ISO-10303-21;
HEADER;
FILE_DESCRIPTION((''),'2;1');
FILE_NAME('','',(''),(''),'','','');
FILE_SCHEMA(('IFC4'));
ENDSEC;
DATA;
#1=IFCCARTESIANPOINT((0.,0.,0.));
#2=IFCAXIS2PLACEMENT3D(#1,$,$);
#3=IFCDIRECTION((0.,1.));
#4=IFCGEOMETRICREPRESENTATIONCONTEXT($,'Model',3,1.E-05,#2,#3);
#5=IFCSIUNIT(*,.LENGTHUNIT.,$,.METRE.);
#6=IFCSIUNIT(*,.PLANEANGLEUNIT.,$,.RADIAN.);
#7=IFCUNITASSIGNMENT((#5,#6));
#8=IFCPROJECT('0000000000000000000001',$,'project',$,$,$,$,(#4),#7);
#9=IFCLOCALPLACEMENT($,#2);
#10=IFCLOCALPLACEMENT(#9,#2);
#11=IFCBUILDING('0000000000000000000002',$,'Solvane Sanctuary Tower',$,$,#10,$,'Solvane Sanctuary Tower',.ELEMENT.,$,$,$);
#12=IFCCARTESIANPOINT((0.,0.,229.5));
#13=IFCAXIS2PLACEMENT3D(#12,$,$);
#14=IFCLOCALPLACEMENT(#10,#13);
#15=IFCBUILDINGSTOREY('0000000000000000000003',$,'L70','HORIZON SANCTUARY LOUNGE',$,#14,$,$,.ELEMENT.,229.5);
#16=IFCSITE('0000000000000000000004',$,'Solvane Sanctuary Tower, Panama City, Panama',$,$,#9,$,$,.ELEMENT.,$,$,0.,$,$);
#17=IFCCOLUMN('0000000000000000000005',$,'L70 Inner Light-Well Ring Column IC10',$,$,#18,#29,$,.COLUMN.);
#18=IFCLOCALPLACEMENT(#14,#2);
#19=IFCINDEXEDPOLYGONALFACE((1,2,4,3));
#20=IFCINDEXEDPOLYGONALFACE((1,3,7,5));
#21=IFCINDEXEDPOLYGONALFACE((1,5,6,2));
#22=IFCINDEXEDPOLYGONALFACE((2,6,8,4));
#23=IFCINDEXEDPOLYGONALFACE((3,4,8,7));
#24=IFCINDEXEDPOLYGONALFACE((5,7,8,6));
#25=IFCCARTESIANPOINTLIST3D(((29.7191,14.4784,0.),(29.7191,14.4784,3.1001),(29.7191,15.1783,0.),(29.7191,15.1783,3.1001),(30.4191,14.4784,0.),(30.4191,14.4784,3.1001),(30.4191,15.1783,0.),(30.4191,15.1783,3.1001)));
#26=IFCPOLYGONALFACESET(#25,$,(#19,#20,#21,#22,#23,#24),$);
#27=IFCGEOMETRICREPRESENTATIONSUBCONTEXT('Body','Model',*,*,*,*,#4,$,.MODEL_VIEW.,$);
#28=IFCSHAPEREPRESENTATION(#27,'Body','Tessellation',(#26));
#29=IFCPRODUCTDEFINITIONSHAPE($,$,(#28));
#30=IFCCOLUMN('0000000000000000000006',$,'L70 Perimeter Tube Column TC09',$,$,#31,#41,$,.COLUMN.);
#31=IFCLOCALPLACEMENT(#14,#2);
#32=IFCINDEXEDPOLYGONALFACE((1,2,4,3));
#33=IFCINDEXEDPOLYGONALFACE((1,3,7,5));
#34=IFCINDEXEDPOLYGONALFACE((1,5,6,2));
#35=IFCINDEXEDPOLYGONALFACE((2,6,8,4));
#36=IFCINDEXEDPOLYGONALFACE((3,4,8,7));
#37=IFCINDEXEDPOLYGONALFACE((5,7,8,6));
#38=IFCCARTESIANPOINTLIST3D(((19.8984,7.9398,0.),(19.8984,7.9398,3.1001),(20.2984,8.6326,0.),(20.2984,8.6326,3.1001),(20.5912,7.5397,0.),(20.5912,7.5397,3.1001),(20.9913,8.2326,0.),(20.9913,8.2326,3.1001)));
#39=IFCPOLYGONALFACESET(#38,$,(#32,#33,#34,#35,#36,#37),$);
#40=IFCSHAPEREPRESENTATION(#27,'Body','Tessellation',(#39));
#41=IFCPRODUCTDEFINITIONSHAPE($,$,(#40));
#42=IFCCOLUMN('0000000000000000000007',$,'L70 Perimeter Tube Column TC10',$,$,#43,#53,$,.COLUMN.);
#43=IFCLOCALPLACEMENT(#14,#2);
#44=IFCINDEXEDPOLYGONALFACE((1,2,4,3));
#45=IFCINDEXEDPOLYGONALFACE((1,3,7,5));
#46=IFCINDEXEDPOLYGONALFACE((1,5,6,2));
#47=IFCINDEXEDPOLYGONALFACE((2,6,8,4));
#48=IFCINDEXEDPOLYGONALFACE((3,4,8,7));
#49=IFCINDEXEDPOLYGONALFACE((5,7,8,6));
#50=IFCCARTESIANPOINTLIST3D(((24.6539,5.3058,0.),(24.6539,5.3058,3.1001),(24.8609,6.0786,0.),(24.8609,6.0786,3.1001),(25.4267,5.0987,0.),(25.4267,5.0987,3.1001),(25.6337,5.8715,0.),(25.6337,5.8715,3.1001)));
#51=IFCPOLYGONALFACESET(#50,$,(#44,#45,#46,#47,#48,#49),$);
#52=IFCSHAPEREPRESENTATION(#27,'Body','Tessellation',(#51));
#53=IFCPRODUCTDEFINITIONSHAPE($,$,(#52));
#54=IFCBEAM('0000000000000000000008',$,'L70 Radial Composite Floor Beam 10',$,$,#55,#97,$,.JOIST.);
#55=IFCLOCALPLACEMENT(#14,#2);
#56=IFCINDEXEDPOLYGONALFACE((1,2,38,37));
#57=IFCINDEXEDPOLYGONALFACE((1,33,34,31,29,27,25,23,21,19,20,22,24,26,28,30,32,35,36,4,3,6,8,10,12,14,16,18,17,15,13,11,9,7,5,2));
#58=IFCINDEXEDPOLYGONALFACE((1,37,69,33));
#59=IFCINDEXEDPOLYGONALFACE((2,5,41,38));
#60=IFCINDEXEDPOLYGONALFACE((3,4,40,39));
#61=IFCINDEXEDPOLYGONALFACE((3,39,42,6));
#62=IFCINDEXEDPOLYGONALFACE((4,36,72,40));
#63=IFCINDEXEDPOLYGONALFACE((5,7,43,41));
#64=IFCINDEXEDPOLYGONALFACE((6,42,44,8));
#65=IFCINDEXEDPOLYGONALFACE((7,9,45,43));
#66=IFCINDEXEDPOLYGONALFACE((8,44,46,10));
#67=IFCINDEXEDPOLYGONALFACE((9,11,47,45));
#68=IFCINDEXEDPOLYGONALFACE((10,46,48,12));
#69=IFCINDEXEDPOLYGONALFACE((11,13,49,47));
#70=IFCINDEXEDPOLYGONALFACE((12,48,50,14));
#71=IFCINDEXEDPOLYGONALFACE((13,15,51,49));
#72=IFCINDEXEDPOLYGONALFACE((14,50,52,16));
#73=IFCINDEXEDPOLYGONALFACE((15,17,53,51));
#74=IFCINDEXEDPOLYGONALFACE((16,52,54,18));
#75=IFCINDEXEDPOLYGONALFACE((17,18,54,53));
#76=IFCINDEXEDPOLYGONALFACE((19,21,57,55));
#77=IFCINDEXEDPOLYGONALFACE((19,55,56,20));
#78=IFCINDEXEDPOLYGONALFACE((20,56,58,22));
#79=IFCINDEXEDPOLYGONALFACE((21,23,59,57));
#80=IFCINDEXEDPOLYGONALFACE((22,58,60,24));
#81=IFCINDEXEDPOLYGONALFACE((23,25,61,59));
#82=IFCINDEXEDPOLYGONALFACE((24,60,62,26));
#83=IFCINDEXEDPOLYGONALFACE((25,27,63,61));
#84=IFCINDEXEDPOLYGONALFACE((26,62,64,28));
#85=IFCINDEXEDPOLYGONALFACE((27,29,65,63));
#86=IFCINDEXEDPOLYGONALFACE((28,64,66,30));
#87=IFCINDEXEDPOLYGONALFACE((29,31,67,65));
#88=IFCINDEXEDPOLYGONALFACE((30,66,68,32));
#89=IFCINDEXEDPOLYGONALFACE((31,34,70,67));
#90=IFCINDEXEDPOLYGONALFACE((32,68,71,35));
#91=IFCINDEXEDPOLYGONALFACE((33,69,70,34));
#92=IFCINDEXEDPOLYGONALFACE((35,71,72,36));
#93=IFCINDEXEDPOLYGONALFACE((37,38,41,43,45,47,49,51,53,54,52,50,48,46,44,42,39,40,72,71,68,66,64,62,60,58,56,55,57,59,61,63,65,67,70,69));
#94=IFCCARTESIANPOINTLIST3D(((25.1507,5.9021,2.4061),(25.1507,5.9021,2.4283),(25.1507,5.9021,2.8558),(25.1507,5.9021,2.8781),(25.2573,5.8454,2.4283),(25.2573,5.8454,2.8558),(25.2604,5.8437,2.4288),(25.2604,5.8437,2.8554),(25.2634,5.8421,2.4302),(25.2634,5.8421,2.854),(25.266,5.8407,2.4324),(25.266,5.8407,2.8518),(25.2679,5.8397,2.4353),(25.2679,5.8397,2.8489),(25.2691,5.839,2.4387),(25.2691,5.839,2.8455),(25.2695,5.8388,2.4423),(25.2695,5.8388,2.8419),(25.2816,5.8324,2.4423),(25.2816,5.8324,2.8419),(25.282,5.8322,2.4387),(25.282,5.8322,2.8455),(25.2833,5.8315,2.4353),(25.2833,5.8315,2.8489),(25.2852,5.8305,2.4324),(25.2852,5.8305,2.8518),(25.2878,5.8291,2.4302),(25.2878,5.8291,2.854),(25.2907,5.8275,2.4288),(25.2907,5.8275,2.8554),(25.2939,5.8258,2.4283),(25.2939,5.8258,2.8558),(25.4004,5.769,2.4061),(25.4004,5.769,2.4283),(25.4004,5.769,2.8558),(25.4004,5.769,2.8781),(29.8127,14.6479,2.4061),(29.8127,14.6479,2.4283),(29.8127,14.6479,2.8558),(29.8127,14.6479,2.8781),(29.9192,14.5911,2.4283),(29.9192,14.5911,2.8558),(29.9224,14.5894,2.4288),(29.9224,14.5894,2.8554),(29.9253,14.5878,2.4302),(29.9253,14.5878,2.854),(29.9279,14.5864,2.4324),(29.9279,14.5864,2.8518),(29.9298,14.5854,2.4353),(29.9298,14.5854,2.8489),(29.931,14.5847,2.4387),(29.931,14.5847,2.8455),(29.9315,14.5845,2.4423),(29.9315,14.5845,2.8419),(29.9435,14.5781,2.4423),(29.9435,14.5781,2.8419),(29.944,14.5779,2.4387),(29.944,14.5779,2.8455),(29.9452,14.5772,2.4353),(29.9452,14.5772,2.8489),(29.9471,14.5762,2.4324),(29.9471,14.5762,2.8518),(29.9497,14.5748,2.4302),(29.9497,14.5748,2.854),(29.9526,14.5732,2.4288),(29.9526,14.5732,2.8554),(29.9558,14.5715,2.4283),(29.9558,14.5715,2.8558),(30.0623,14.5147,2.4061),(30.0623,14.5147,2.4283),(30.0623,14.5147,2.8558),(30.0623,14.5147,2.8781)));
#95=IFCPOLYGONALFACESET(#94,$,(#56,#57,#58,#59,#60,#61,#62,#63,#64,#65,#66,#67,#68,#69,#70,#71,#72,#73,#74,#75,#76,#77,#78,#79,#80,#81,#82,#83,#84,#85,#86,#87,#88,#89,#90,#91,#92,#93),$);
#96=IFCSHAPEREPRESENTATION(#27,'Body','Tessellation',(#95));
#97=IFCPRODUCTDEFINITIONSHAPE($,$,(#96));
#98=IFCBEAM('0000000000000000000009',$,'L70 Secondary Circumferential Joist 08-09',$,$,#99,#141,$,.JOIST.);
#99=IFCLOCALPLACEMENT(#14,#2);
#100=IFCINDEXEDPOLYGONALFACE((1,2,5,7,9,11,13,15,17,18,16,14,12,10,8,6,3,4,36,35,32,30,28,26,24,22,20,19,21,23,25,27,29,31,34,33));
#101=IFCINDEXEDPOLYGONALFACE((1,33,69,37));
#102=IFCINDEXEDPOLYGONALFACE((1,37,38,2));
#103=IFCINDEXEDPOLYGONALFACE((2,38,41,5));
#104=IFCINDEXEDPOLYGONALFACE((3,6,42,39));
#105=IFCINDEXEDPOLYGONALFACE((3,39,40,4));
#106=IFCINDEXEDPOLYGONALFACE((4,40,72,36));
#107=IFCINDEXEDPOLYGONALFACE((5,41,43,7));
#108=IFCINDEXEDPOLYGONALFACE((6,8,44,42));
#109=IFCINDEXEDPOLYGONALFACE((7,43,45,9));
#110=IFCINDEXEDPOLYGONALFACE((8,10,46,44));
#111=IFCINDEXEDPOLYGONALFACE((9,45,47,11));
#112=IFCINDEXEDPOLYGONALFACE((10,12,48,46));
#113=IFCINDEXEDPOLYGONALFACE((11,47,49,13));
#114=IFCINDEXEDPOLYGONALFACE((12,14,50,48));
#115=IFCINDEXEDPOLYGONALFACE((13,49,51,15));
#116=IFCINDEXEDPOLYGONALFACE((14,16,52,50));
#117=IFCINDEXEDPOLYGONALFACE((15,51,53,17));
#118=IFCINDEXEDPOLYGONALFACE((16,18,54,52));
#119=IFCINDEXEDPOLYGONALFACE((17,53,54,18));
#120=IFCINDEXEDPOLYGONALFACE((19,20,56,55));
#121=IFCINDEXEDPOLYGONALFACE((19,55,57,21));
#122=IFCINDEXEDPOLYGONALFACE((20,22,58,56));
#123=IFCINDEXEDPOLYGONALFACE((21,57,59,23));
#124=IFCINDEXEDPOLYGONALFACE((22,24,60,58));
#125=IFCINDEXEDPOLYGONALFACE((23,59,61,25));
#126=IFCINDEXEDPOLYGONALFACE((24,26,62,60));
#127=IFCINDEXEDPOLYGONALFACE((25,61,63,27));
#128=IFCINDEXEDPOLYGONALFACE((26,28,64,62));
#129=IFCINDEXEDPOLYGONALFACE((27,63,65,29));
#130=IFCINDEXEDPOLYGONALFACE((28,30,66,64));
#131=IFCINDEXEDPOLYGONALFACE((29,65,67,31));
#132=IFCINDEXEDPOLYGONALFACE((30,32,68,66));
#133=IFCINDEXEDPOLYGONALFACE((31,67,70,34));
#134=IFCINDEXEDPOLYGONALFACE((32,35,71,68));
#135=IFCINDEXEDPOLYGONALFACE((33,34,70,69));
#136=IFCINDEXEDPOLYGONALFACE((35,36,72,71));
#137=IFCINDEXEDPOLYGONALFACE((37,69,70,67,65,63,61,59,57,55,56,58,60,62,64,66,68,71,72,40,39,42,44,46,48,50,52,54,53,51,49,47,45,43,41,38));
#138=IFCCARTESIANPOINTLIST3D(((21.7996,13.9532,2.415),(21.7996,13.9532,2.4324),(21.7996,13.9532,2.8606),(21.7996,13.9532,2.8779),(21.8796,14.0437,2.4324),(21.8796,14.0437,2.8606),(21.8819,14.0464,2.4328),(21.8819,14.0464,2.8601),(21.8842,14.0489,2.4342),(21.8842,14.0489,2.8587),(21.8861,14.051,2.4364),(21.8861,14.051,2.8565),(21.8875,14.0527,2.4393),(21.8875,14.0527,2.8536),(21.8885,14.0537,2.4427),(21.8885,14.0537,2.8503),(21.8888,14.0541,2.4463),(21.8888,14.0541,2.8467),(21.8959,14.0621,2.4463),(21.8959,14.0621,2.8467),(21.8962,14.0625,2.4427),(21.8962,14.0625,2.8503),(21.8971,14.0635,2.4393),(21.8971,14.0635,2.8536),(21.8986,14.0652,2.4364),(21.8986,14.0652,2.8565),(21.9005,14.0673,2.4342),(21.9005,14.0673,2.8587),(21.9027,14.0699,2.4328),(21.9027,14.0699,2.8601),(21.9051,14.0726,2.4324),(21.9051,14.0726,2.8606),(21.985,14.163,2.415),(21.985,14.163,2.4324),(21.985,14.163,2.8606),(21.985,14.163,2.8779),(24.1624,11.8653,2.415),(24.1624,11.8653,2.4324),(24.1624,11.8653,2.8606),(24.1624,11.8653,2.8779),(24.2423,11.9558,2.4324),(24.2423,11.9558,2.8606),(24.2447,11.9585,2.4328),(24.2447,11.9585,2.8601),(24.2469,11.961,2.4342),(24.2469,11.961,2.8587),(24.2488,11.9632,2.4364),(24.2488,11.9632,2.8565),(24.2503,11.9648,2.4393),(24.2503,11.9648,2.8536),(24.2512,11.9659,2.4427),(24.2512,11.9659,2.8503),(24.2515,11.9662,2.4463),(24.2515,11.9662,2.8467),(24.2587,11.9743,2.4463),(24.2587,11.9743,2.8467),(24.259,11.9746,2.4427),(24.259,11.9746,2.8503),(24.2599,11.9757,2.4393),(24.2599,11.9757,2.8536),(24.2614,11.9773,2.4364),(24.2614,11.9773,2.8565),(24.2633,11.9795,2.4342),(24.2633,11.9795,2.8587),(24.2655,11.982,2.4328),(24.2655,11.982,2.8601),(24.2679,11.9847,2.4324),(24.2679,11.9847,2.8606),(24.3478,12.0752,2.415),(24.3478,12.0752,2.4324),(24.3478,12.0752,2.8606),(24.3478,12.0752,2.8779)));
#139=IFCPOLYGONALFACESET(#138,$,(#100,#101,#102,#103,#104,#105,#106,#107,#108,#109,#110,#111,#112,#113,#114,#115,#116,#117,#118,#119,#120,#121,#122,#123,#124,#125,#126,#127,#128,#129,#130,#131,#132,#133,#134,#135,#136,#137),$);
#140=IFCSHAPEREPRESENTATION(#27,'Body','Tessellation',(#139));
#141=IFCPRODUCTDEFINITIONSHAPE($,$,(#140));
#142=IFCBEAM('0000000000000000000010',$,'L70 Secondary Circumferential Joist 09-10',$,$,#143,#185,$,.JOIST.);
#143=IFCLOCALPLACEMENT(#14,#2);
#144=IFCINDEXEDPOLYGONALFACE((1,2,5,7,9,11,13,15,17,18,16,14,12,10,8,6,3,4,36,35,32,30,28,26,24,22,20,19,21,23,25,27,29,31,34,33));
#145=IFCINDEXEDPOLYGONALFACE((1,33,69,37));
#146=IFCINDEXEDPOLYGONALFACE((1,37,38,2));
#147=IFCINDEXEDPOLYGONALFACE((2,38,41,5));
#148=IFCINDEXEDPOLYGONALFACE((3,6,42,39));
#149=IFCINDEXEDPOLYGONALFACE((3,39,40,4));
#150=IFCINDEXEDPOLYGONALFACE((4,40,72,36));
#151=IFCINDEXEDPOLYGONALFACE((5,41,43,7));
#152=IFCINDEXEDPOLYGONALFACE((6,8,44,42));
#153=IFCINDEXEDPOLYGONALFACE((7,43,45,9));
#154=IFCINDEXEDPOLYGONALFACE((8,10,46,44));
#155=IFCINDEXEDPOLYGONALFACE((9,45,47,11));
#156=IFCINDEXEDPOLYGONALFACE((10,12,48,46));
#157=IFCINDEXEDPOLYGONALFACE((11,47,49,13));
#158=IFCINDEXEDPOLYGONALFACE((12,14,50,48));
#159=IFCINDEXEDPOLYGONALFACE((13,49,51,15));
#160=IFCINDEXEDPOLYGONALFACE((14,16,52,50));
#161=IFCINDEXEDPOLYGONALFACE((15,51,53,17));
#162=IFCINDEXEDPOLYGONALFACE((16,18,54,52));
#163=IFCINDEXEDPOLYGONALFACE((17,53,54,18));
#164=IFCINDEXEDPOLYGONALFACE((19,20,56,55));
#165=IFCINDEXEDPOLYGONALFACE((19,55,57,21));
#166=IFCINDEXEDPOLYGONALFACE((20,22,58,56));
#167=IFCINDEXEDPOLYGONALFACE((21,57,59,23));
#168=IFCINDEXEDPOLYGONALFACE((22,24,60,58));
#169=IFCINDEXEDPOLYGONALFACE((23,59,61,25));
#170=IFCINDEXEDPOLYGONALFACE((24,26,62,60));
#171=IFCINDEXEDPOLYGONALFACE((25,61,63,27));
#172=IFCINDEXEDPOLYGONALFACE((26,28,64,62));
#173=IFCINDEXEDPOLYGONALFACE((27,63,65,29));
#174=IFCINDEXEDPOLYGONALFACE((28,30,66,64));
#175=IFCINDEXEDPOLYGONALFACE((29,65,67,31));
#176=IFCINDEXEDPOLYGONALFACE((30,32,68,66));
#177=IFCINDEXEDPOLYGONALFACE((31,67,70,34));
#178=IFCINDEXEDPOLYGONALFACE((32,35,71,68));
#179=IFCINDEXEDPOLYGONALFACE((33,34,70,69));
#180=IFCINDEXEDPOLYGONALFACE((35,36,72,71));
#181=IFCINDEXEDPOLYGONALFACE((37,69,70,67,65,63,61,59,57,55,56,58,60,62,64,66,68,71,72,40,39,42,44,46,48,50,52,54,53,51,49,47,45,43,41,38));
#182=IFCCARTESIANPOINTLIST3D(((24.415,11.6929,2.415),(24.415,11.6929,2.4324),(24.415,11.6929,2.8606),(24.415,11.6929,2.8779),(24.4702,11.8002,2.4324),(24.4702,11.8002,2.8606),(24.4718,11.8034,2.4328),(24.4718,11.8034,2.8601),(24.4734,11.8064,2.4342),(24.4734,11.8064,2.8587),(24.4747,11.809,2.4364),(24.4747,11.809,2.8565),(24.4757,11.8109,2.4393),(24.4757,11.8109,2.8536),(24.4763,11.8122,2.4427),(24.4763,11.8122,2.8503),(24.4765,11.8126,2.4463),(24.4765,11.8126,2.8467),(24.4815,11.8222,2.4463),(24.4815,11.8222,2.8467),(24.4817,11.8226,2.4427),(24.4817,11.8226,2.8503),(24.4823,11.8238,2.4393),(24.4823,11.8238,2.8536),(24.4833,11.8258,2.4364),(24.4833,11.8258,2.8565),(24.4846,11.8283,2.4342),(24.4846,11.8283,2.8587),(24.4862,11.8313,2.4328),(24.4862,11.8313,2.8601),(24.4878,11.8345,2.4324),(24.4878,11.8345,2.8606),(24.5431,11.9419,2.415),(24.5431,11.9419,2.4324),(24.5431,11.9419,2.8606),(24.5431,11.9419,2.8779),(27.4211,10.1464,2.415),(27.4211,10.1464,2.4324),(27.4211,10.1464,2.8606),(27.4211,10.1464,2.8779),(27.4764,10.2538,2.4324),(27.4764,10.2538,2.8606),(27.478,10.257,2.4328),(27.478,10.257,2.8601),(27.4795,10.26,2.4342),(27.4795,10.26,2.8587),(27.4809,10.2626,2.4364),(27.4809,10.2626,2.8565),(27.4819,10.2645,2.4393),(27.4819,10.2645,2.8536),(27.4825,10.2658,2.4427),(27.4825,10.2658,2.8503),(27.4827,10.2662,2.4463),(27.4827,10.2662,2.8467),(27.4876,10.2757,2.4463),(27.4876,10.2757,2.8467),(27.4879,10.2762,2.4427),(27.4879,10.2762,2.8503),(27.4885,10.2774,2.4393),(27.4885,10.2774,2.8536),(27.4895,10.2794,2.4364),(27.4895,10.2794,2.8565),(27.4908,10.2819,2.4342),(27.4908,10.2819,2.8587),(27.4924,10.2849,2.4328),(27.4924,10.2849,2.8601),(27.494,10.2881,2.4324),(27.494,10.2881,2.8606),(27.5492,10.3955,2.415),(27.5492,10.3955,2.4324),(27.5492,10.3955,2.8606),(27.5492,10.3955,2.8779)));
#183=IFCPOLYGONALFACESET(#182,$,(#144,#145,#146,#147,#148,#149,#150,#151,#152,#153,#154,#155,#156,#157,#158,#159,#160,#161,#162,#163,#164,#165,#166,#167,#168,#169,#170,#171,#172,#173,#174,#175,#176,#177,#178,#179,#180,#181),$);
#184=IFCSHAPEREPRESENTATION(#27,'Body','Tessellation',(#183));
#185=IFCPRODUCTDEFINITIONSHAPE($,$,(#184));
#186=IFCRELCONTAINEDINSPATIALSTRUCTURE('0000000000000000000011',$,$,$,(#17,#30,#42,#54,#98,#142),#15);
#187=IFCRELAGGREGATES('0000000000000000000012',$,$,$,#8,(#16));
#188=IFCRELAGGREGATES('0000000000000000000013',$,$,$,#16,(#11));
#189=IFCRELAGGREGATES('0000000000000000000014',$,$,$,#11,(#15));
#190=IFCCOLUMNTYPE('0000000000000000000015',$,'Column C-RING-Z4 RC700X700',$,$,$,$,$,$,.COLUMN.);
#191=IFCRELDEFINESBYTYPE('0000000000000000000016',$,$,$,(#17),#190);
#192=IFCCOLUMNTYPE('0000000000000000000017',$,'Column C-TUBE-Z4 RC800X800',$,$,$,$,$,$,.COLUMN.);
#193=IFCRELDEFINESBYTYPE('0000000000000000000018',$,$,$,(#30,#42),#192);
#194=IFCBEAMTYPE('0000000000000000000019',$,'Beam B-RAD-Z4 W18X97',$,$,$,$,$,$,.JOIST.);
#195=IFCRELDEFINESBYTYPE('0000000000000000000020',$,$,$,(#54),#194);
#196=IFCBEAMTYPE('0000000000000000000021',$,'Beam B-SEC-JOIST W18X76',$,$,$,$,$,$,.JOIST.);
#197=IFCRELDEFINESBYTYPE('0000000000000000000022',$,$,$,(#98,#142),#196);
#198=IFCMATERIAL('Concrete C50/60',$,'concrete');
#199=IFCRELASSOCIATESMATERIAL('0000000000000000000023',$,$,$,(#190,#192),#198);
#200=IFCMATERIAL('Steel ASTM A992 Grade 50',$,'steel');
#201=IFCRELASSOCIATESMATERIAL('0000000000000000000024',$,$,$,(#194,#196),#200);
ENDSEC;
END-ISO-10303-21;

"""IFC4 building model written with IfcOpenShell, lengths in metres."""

from ifc_helpers import new_model, si_unit, direction, frame, origin, origin_2d, place, context, subcontext, project, spatial, rectangle, i_section, extrude, material, material_profile, profile_set, type_object, element, save


model = new_model("IFC4")

# Units and contexts
model_context = context("Model", 3, precision=1e-05, world=origin(), true_north=direction((0.0, 1.0)))
body_context = subcontext(model_context, "Body", "Model", "MODEL_VIEW")
ifc_project = project(units=[si_unit("LENGTHUNIT", "METRE"), si_unit("PLANEANGLEUNIT", "RADIAN")], contexts=[model_context])

# Site, building, storey
site_placement = place(None, origin())
site = spatial("IfcSite", under=ifc_project, at=site_placement, Name="Solvane Sanctuary Tower, Panama City, Panama", CompositionType="ELEMENT", RefElevation=0.0)
building_placement = place(site_placement, origin())
building = spatial("IfcBuilding", under=site, at=building_placement, Name="Solvane Sanctuary Tower", LongName="Solvane Sanctuary Tower", CompositionType="ELEMENT")
storey_placement = place(building_placement, frame((0.0, 0.0, 229.5)))
storey = spatial("IfcBuildingStorey", under=building, at=storey_placement, Name="L70", Description="HORIZON SANCTUARY LOUNGE", CompositionType="ELEMENT", Elevation=229.5)

# Columns
ifc_material_1 = material(Name="Concrete C50/60", Category="concrete")
ifc_material_profile_1 = material_profile(ifc_material_1, rectangle(XDim=0.7, YDim=0.7, at=origin_2d()), Name="RC700X700")
ifc_profile_set_1 = profile_set([ifc_material_profile_1], Name="Concrete C50/60")
column_type_1 = type_object("IfcColumnType", Name="Column C-RING-Z4 RC700X700", PredefinedType="COLUMN", material=ifc_profile_set_1)
column_placement = place(storey_placement, frame((30.0691, 14.8284, 0.0), z_axis=(0.0, 0.0, 1.0), x_axis=(1.0, 0.0, 0.0)))
element("IfcColumn", 1, at=column_placement, inside=storey, type_object=column_type_1, Name="L70 Inner Light-Well Ring Column IC10", PredefinedType="COLUMN", context=body_context, shape_type="SweptSolid", body=[
    extrude(rectangle(XDim=0.7, YDim=0.7, at=origin_2d()), origin(), (0.0, 0.0, 1.0), 3.1001),
])
ifc_material_profile_2 = material_profile(ifc_material_1, rectangle(XDim=0.8, YDim=0.8, at=origin_2d()), Name="RC800X800")
ifc_profile_set_2 = profile_set([ifc_material_profile_2], Name="Concrete C50/60")
column_type_2 = type_object("IfcColumnType", Name="Column C-TUBE-Z4 RC800X800", PredefinedType="COLUMN", material=ifc_profile_set_2)
for number, where, z_axis, x_axis, name in (
    (2, (20.4448, 8.0862, 0.0), (0.0, 0.0, 1.0), (-0.5, -0.866025, 0.0), "L70 Perimeter Tube Column TC09"),
    (3, (25.1438, 5.5886, 0.0), (0.0, 0.0, 1.0), (-0.258819, -0.965926, 0.0), "L70 Perimeter Tube Column TC10"),
):
    element("IfcColumn", number, at=place(storey_placement, frame(where, z_axis=z_axis, x_axis=x_axis)), inside=storey, type_object=column_type_2, Name=name, PredefinedType="COLUMN", context=body_context, shape_type="SweptSolid", body=[
        extrude(rectangle(XDim=0.8, YDim=0.8, at=origin_2d()), origin(), (0.0, 0.0, 1.0), 3.1001),
    ])

# Beams
ifc_material_2 = material(Name="Steel ASTM A992 Grade 50", Category="steel")
ifc_material_profile_3 = material_profile(ifc_material_2, i_section(OverallWidth=0.283, OverallDepth=0.4719, WebThickness=0.0137, FlangeThickness=0.0222, FilletRadius=0.0139, at=origin_2d()), Name="W18X97")
ifc_profile_set_3 = profile_set([ifc_material_profile_3], Name="Steel ASTM A992 Grade 50")
beam_type_1 = type_object("IfcBeamType", Name="Beam B-RAD-Z4 W18X97", PredefinedType="JOIST", material=ifc_profile_set_3)
beam_1_placement = place(storey_placement, frame((29.9375, 14.5813, 2.6421), z_axis=(-0.470395, -0.882456, 0.0), x_axis=(0.882456, -0.470395, 0.0)))
element("IfcBeam", 4, at=beam_1_placement, inside=storey, type_object=beam_type_1, Name="L70 Radial Composite Floor Beam 10", PredefinedType="JOIST", context=body_context, shape_type="SweptSolid", body=[
    extrude(i_section(OverallWidth=0.283, OverallDepth=0.4719, WebThickness=0.0137, FlangeThickness=0.0222, FilletRadius=0.0139, at=origin_2d()), origin(), (0.0, 0.0, 1.0), 9.9106),
])
ifc_material_profile_4 = material_profile(ifc_material_2, i_section(OverallWidth=0.28, OverallDepth=0.4629, WebThickness=0.0107, FlangeThickness=0.0173, FilletRadius=0.0139, at=origin_2d()), Name="W18X76")
ifc_profile_set_4 = profile_set([ifc_material_profile_4], Name="Steel ASTM A992 Grade 50")
beam_type_2 = type_object("IfcBeamType", Name="Beam B-SEC-JOIST W18X76", PredefinedType="JOIST", material=ifc_profile_set_4)
beam_2_placement = place(storey_placement, frame((21.8923, 14.0581, 2.6465), z_axis=(0.749354, -0.662169, 0.0), x_axis=(0.662169, 0.749354, 0.0)))
element("IfcBeam", 5, at=beam_2_placement, inside=storey, type_object=beam_type_2, Name="L70 Secondary Circumferential Joist 08-09", PredefinedType="JOIST", context=body_context, shape_type="SweptSolid", body=[
    extrude(i_section(OverallWidth=0.28, OverallDepth=0.4629, WebThickness=0.0107, FlangeThickness=0.0173, FilletRadius=0.0139, at=origin_2d()), origin(), (0.0, 0.0, 1.0), 3.1531),
])
beam_3_placement = place(storey_placement, frame((24.479, 11.8174, 2.6465), z_axis=(0.889241, -0.457439, 0.0), x_axis=(0.457439, 0.889241, 0.0)))
element("IfcBeam", 6, at=beam_3_placement, inside=storey, type_object=beam_type_2, Name="L70 Secondary Circumferential Joist 09-10", PredefinedType="JOIST", context=body_context, shape_type="SweptSolid", body=[
    extrude(i_section(OverallWidth=0.28, OverallDepth=0.4629, WebThickness=0.0107, FlangeThickness=0.0173, FilletRadius=0.0139, at=origin_2d()), origin(), (0.0, 0.0, 1.0), 3.3806),
])

save(model, "model.ifc")
